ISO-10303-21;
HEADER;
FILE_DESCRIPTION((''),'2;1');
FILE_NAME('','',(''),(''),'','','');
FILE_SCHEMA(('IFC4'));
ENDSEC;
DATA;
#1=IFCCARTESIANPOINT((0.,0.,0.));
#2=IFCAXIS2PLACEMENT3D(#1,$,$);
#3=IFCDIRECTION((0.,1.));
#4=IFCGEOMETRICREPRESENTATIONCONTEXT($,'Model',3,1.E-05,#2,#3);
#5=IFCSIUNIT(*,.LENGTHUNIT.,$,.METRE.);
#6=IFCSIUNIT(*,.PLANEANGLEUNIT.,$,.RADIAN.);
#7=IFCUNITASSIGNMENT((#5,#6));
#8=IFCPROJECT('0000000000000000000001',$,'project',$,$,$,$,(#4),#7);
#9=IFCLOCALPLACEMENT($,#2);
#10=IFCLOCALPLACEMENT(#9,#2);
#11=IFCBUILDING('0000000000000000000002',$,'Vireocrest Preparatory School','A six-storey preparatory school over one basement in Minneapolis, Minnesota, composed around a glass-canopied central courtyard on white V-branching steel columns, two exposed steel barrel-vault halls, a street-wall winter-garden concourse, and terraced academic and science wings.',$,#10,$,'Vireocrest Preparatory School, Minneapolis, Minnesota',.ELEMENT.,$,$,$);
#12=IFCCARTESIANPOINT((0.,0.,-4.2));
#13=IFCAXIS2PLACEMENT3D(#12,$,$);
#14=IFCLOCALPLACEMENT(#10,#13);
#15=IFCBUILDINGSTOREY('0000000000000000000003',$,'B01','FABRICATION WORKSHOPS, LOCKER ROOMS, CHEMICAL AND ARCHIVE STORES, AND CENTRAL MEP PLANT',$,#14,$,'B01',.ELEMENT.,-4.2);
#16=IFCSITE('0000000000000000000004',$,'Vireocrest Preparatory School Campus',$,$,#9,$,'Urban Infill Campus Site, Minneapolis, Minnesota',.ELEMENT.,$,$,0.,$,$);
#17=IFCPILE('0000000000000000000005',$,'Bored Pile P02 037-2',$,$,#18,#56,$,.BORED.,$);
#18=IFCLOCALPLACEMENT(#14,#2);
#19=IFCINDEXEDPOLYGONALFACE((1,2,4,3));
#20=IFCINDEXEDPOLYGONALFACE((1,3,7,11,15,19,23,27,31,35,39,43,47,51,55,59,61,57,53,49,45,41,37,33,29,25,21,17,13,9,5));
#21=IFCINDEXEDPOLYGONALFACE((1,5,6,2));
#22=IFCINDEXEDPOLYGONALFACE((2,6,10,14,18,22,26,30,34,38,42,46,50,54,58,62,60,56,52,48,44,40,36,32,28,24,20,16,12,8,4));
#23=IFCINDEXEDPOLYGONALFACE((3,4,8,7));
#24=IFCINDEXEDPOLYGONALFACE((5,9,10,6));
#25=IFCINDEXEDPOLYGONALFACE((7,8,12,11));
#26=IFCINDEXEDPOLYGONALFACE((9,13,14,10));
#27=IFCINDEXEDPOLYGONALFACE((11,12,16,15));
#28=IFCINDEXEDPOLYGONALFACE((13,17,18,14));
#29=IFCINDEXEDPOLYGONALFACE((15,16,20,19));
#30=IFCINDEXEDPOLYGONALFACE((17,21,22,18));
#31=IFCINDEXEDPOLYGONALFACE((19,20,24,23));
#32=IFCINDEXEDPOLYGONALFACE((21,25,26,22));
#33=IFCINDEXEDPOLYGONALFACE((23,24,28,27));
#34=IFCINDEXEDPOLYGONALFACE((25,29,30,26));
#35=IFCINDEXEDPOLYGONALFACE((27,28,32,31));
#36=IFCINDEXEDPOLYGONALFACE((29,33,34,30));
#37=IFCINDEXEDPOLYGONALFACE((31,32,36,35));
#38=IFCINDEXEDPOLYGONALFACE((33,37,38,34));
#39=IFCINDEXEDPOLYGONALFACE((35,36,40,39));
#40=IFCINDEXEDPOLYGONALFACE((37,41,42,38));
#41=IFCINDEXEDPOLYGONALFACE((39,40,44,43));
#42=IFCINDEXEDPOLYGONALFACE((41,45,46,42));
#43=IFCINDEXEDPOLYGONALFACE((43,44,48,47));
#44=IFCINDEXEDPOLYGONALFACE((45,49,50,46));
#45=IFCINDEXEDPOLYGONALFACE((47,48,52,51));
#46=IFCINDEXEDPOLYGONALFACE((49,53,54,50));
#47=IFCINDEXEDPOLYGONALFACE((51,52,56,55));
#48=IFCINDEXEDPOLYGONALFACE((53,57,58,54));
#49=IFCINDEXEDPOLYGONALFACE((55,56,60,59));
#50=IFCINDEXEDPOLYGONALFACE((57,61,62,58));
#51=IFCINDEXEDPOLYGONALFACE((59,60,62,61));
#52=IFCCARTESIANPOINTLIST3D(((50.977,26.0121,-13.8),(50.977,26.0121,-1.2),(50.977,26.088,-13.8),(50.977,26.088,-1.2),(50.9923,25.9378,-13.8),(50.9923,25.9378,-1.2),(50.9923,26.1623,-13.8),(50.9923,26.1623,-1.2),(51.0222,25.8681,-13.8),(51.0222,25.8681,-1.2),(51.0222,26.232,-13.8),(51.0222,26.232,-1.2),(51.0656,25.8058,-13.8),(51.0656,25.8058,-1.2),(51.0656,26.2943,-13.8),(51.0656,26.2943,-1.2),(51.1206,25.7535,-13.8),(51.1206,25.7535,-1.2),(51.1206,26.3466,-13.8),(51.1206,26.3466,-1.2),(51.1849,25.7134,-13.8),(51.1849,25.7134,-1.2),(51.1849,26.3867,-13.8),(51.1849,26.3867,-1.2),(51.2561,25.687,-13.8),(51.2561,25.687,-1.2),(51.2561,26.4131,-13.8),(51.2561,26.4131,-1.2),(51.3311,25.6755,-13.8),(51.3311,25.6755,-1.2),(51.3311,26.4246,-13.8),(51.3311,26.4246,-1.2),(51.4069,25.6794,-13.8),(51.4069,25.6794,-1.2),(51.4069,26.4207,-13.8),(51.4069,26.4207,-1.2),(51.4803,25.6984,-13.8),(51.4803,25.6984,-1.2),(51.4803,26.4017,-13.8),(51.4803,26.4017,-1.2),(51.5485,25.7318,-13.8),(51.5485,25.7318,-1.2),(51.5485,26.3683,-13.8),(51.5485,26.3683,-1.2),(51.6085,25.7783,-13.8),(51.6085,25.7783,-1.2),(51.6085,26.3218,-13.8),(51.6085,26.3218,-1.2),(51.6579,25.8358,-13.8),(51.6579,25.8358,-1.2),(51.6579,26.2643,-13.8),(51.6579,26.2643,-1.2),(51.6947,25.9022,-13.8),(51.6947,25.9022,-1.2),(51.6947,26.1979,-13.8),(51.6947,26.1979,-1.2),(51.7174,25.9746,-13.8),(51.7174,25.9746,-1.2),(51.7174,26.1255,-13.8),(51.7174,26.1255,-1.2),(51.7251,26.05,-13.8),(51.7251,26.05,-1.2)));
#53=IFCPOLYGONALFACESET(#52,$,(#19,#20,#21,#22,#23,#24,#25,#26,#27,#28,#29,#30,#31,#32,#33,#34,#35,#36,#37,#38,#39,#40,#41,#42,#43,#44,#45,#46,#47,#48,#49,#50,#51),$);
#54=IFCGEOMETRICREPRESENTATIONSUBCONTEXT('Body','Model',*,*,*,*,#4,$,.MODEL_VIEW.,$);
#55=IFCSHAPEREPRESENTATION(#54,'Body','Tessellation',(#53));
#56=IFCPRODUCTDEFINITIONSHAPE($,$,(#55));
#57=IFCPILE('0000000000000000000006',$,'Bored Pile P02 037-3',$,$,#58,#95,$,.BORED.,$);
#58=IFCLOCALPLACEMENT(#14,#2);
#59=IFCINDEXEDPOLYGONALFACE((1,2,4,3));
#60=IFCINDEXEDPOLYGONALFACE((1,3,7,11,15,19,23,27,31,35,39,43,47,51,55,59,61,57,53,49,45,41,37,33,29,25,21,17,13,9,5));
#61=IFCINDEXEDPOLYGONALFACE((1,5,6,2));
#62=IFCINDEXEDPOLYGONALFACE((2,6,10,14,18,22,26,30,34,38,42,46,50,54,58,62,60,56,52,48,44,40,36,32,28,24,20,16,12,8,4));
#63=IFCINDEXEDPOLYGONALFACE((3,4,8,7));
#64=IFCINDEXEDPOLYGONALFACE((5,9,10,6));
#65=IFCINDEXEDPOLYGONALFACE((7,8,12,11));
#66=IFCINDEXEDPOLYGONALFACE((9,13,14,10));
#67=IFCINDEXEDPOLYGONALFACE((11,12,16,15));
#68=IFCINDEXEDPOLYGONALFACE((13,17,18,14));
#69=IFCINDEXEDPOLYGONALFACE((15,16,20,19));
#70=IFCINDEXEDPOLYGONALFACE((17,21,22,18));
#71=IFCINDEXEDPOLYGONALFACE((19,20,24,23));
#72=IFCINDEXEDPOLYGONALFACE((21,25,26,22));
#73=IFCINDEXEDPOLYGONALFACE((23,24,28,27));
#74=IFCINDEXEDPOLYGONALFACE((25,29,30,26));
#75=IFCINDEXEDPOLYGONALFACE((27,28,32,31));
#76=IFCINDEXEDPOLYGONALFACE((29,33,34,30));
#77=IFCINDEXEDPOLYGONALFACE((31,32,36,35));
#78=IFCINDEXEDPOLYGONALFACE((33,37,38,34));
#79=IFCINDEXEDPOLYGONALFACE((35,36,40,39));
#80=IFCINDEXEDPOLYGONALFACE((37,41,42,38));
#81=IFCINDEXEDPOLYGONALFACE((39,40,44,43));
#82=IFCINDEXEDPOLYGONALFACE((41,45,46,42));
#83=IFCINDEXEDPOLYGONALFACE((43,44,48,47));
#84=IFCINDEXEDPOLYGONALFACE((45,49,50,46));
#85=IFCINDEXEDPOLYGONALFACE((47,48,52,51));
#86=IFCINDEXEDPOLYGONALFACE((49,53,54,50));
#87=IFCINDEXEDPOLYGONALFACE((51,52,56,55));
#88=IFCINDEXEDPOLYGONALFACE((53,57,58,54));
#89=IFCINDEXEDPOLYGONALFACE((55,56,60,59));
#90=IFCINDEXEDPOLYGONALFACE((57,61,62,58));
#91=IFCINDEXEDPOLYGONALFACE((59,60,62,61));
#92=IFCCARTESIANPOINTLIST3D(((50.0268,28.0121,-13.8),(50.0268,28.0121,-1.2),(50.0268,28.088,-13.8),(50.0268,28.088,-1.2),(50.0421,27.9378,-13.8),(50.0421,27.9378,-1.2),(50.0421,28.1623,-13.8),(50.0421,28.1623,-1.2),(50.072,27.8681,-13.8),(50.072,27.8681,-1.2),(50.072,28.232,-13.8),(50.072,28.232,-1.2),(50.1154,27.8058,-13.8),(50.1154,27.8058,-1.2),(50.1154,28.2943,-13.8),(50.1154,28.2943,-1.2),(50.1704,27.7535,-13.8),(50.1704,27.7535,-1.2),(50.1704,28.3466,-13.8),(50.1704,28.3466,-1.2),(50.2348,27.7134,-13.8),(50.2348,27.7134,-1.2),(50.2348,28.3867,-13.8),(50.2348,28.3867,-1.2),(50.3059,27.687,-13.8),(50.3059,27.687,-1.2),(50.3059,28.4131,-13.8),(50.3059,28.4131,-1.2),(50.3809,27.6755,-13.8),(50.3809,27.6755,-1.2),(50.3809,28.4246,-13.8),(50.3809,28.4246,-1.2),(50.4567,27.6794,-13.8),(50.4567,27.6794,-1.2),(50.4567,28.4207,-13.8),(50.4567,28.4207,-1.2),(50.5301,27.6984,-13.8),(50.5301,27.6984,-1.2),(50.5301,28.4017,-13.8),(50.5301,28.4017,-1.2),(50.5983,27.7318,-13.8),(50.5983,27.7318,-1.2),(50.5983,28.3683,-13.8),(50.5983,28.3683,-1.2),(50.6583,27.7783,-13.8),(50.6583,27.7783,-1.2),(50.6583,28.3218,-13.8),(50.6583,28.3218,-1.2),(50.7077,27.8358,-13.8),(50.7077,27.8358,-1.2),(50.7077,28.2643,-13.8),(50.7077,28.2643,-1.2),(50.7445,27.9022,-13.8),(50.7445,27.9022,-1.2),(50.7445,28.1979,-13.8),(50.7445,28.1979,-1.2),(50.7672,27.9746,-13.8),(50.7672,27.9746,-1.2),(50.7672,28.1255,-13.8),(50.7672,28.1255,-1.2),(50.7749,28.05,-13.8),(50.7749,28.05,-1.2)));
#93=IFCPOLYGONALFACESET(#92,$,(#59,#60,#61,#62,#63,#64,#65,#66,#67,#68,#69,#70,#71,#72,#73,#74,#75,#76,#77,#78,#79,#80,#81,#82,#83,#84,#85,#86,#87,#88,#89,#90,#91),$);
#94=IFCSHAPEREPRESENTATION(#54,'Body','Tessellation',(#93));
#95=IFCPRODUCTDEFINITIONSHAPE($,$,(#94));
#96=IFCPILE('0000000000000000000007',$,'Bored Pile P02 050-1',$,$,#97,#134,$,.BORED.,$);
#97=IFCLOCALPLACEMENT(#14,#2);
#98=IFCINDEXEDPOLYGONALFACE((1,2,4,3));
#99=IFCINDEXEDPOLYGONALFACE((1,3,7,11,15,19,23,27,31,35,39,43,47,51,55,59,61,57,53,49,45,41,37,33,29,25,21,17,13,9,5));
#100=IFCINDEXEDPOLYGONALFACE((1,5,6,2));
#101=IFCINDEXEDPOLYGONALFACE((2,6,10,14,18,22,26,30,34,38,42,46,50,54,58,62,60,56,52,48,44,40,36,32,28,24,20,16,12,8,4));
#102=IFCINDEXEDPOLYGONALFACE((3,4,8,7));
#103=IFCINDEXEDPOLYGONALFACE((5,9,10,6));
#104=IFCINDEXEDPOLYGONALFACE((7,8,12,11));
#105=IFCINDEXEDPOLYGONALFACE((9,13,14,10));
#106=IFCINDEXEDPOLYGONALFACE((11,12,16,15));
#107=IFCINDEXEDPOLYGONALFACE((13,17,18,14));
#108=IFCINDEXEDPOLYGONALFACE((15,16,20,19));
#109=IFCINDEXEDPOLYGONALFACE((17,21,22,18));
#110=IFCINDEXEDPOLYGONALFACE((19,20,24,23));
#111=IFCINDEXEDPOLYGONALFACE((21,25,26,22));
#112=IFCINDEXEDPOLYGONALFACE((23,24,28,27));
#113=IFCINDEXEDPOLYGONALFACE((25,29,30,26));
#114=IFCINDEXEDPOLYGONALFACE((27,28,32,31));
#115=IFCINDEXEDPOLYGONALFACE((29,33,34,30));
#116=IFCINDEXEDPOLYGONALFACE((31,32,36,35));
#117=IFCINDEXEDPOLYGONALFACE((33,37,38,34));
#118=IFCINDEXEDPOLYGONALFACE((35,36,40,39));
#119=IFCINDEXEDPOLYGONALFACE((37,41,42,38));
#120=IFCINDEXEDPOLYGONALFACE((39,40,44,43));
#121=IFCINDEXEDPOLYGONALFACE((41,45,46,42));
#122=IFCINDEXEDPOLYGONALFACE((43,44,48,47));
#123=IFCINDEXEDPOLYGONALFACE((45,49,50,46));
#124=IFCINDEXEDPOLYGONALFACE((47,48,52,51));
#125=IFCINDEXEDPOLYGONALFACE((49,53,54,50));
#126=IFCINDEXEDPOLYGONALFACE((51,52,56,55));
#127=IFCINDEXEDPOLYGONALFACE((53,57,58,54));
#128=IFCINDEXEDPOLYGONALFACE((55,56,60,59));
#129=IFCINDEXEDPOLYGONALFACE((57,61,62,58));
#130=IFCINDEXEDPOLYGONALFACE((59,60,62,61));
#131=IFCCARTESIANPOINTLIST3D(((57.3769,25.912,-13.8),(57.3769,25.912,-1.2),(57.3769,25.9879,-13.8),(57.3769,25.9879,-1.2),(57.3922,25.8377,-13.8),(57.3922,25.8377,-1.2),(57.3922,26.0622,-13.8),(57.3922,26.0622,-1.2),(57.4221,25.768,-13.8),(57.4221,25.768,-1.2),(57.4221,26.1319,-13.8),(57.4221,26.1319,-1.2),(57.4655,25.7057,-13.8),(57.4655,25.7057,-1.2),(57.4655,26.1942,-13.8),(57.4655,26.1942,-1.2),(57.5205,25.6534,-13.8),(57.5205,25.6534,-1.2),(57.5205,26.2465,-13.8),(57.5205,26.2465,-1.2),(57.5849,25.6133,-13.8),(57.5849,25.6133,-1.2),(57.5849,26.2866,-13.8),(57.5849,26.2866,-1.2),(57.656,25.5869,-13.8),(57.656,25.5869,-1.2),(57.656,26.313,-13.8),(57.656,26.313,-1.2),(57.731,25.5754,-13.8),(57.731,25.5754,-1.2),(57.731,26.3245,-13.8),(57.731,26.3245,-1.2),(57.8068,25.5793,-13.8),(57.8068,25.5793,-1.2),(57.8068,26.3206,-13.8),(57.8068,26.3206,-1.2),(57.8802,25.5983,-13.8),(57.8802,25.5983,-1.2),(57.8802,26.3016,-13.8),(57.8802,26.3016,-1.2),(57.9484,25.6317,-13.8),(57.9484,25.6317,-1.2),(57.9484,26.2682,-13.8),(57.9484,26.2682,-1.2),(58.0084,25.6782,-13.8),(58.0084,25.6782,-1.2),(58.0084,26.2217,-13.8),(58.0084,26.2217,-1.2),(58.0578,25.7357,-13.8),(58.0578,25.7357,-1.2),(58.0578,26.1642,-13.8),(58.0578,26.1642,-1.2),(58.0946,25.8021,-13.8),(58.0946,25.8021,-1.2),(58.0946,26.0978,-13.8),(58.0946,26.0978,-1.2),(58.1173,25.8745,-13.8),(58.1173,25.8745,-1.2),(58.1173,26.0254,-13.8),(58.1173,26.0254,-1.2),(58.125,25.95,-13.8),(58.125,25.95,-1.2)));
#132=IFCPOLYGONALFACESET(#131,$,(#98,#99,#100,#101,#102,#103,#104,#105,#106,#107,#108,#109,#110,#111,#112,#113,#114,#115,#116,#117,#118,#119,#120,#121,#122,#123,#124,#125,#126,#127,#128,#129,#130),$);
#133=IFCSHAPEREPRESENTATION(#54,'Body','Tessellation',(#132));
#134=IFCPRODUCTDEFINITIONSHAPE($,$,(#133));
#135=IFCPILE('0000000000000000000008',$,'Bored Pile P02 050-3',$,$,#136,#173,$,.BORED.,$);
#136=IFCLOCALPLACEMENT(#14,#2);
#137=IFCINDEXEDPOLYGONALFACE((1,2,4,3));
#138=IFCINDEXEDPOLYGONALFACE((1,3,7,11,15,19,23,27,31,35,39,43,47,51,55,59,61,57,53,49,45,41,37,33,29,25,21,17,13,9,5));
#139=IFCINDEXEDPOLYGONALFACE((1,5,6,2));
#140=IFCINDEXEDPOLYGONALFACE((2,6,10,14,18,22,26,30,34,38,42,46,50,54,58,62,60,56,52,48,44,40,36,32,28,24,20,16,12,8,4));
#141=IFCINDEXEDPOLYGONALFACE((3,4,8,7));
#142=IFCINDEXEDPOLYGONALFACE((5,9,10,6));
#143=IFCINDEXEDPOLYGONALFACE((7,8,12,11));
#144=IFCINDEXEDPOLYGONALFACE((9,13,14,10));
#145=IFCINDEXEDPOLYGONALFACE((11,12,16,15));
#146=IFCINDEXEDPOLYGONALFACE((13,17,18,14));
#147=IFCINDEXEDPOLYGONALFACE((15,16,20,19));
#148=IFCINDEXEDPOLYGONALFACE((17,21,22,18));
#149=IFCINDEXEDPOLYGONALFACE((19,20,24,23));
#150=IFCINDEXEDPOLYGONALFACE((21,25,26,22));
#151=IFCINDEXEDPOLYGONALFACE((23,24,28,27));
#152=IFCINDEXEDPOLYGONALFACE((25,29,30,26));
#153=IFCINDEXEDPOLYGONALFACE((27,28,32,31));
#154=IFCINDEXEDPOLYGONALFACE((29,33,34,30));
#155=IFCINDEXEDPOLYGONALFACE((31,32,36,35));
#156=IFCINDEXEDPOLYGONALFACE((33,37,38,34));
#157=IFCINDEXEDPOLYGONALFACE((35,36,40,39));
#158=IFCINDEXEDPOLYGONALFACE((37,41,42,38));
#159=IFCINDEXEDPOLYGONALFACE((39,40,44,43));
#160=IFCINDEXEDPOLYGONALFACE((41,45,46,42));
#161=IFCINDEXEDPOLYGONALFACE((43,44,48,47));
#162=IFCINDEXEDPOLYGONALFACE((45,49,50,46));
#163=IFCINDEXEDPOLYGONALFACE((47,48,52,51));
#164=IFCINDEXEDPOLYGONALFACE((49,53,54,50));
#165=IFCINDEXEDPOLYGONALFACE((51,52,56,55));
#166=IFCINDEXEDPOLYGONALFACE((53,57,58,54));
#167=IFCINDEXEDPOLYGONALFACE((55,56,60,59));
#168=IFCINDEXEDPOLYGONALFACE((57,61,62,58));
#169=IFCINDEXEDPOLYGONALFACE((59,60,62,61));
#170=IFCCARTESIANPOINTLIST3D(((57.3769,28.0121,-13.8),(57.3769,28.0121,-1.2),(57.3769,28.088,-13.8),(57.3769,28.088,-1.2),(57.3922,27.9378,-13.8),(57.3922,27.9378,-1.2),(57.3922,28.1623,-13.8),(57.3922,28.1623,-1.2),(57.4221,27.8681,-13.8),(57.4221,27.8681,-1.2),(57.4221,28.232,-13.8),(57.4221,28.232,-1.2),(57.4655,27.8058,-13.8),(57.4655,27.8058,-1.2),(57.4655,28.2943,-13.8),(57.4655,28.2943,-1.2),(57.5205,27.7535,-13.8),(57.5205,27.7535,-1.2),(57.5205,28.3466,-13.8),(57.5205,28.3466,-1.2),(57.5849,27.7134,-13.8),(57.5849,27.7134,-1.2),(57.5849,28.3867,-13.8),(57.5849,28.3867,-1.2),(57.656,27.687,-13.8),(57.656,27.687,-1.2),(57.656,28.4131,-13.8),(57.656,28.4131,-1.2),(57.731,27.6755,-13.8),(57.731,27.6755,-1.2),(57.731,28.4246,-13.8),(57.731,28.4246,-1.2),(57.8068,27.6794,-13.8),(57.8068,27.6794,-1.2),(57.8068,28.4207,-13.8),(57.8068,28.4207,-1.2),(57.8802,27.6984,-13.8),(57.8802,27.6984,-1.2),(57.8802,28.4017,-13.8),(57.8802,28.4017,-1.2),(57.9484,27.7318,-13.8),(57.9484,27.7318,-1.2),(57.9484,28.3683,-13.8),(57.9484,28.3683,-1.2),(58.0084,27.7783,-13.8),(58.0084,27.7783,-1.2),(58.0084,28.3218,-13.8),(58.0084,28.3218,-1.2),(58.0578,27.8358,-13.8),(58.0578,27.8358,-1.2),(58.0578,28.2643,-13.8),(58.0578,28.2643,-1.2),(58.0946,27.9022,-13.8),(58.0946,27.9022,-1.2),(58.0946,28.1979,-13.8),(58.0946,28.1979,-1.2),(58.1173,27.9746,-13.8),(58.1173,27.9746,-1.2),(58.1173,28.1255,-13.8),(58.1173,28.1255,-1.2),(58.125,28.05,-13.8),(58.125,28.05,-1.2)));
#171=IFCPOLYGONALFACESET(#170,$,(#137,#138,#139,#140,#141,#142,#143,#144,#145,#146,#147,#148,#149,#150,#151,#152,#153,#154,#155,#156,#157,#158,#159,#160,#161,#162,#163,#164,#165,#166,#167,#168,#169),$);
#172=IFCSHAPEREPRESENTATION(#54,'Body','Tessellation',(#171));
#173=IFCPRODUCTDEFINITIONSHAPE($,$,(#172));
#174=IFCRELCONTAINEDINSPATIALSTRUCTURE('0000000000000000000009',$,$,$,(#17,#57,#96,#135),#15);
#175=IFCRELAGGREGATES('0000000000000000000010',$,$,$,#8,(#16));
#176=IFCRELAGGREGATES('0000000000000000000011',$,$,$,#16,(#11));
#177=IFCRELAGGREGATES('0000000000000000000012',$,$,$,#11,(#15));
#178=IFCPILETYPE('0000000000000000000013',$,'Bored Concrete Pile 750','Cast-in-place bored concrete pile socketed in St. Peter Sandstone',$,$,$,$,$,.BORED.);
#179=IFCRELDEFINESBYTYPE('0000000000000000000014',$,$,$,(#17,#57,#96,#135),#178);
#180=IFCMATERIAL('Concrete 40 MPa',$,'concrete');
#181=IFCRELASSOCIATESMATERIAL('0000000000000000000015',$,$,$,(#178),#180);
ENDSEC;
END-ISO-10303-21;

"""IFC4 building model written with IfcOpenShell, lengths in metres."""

from ifc_helpers import new_model, si_unit, direction, frame, origin, origin_2d, place, context, subcontext, project, spatial, circle, extrude, material, material_profile, profile_set, type_object, element, save


model = new_model("IFC4")

# Units and contexts
model_context = context("Model", 3, precision=1e-05, world=origin(), true_north=direction((0.0, 1.0)))
body_context = subcontext(model_context, "Body", "Model", "MODEL_VIEW")
ifc_project = project(units=[si_unit("LENGTHUNIT", "METRE"), si_unit("PLANEANGLEUNIT", "RADIAN")], contexts=[model_context])

# Site, building, storey
site_placement = place(None, origin())
site = spatial("IfcSite", under=ifc_project, at=site_placement, Name="Vireocrest Preparatory School Campus", LongName="Urban Infill Campus Site, Minneapolis, Minnesota", CompositionType="ELEMENT", RefElevation=0.0)
building_placement = place(site_placement, origin())
building = spatial("IfcBuilding", under=site, at=building_placement, Name="Vireocrest Preparatory School", Description="A six-storey preparatory school over one basement in Minneapolis, Minnesota, composed around a glass-canopied central courtyard on white V-branching steel columns, two exposed steel barrel-vault halls, a street-wall winter-garden concourse, and terraced academic and science wings.", LongName="Vireocrest Preparatory School, Minneapolis, Minnesota", CompositionType="ELEMENT")
storey_placement = place(building_placement, frame((0.0, 0.0, -4.2)))
storey = spatial("IfcBuildingStorey", under=building, at=storey_placement, Name="B01", Description="FABRICATION WORKSHOPS, LOCKER ROOMS, CHEMICAL AND ARCHIVE STORES, AND CENTRAL MEP PLANT", LongName="B01", CompositionType="ELEMENT", Elevation=-4.2)

# Piles
ifc_material_1 = material(Name="Concrete 40 MPa", Category="concrete")
ifc_material_profile_1 = material_profile(ifc_material_1, circle(Radius=0.375, at=origin_2d()), Name="BORED PILE 750")
ifc_profile_set_1 = profile_set([ifc_material_profile_1], Name="Concrete 40 MPa")
pile_type_1 = type_object("IfcPileType", Name="Bored Concrete Pile 750", Description="Cast-in-place bored concrete pile socketed in St. Peter Sandstone", PredefinedType="BORED", material=ifc_profile_set_1)
for number, where, z_axis, x_axis, name in (
    (1, (51.3501, 26.05, -1.2), (0.0, 0.0, -1.0), (1.0, 0.0, 0.0), "Bored Pile P02 037-2"),
    (2, (50.3999, 28.05, -1.2), (0.0, 0.0, -1.0), (1.0, 0.0, 0.0), "Bored Pile P02 037-3"),
    (3, (57.75, 25.95, -1.2), (0.0, 0.0, -1.0), (1.0, 0.0, 0.0), "Bored Pile P02 050-1"),
    (4, (57.75, 28.05, -1.2), (0.0, 0.0, -1.0), (1.0, 0.0, 0.0), "Bored Pile P02 050-3"),
):
    element("IfcPile", number, at=place(storey_placement, frame(where, z_axis=z_axis, x_axis=x_axis)), inside=storey, type_object=pile_type_1, Name=name, PredefinedType="BORED", context=body_context, shape_type="SweptSolid", body=[
        extrude(circle(Radius=0.375, at=origin_2d()), origin(), (0.0, 0.0, 1.0), 12.6001),
    ])

save(model, "model.ifc")
